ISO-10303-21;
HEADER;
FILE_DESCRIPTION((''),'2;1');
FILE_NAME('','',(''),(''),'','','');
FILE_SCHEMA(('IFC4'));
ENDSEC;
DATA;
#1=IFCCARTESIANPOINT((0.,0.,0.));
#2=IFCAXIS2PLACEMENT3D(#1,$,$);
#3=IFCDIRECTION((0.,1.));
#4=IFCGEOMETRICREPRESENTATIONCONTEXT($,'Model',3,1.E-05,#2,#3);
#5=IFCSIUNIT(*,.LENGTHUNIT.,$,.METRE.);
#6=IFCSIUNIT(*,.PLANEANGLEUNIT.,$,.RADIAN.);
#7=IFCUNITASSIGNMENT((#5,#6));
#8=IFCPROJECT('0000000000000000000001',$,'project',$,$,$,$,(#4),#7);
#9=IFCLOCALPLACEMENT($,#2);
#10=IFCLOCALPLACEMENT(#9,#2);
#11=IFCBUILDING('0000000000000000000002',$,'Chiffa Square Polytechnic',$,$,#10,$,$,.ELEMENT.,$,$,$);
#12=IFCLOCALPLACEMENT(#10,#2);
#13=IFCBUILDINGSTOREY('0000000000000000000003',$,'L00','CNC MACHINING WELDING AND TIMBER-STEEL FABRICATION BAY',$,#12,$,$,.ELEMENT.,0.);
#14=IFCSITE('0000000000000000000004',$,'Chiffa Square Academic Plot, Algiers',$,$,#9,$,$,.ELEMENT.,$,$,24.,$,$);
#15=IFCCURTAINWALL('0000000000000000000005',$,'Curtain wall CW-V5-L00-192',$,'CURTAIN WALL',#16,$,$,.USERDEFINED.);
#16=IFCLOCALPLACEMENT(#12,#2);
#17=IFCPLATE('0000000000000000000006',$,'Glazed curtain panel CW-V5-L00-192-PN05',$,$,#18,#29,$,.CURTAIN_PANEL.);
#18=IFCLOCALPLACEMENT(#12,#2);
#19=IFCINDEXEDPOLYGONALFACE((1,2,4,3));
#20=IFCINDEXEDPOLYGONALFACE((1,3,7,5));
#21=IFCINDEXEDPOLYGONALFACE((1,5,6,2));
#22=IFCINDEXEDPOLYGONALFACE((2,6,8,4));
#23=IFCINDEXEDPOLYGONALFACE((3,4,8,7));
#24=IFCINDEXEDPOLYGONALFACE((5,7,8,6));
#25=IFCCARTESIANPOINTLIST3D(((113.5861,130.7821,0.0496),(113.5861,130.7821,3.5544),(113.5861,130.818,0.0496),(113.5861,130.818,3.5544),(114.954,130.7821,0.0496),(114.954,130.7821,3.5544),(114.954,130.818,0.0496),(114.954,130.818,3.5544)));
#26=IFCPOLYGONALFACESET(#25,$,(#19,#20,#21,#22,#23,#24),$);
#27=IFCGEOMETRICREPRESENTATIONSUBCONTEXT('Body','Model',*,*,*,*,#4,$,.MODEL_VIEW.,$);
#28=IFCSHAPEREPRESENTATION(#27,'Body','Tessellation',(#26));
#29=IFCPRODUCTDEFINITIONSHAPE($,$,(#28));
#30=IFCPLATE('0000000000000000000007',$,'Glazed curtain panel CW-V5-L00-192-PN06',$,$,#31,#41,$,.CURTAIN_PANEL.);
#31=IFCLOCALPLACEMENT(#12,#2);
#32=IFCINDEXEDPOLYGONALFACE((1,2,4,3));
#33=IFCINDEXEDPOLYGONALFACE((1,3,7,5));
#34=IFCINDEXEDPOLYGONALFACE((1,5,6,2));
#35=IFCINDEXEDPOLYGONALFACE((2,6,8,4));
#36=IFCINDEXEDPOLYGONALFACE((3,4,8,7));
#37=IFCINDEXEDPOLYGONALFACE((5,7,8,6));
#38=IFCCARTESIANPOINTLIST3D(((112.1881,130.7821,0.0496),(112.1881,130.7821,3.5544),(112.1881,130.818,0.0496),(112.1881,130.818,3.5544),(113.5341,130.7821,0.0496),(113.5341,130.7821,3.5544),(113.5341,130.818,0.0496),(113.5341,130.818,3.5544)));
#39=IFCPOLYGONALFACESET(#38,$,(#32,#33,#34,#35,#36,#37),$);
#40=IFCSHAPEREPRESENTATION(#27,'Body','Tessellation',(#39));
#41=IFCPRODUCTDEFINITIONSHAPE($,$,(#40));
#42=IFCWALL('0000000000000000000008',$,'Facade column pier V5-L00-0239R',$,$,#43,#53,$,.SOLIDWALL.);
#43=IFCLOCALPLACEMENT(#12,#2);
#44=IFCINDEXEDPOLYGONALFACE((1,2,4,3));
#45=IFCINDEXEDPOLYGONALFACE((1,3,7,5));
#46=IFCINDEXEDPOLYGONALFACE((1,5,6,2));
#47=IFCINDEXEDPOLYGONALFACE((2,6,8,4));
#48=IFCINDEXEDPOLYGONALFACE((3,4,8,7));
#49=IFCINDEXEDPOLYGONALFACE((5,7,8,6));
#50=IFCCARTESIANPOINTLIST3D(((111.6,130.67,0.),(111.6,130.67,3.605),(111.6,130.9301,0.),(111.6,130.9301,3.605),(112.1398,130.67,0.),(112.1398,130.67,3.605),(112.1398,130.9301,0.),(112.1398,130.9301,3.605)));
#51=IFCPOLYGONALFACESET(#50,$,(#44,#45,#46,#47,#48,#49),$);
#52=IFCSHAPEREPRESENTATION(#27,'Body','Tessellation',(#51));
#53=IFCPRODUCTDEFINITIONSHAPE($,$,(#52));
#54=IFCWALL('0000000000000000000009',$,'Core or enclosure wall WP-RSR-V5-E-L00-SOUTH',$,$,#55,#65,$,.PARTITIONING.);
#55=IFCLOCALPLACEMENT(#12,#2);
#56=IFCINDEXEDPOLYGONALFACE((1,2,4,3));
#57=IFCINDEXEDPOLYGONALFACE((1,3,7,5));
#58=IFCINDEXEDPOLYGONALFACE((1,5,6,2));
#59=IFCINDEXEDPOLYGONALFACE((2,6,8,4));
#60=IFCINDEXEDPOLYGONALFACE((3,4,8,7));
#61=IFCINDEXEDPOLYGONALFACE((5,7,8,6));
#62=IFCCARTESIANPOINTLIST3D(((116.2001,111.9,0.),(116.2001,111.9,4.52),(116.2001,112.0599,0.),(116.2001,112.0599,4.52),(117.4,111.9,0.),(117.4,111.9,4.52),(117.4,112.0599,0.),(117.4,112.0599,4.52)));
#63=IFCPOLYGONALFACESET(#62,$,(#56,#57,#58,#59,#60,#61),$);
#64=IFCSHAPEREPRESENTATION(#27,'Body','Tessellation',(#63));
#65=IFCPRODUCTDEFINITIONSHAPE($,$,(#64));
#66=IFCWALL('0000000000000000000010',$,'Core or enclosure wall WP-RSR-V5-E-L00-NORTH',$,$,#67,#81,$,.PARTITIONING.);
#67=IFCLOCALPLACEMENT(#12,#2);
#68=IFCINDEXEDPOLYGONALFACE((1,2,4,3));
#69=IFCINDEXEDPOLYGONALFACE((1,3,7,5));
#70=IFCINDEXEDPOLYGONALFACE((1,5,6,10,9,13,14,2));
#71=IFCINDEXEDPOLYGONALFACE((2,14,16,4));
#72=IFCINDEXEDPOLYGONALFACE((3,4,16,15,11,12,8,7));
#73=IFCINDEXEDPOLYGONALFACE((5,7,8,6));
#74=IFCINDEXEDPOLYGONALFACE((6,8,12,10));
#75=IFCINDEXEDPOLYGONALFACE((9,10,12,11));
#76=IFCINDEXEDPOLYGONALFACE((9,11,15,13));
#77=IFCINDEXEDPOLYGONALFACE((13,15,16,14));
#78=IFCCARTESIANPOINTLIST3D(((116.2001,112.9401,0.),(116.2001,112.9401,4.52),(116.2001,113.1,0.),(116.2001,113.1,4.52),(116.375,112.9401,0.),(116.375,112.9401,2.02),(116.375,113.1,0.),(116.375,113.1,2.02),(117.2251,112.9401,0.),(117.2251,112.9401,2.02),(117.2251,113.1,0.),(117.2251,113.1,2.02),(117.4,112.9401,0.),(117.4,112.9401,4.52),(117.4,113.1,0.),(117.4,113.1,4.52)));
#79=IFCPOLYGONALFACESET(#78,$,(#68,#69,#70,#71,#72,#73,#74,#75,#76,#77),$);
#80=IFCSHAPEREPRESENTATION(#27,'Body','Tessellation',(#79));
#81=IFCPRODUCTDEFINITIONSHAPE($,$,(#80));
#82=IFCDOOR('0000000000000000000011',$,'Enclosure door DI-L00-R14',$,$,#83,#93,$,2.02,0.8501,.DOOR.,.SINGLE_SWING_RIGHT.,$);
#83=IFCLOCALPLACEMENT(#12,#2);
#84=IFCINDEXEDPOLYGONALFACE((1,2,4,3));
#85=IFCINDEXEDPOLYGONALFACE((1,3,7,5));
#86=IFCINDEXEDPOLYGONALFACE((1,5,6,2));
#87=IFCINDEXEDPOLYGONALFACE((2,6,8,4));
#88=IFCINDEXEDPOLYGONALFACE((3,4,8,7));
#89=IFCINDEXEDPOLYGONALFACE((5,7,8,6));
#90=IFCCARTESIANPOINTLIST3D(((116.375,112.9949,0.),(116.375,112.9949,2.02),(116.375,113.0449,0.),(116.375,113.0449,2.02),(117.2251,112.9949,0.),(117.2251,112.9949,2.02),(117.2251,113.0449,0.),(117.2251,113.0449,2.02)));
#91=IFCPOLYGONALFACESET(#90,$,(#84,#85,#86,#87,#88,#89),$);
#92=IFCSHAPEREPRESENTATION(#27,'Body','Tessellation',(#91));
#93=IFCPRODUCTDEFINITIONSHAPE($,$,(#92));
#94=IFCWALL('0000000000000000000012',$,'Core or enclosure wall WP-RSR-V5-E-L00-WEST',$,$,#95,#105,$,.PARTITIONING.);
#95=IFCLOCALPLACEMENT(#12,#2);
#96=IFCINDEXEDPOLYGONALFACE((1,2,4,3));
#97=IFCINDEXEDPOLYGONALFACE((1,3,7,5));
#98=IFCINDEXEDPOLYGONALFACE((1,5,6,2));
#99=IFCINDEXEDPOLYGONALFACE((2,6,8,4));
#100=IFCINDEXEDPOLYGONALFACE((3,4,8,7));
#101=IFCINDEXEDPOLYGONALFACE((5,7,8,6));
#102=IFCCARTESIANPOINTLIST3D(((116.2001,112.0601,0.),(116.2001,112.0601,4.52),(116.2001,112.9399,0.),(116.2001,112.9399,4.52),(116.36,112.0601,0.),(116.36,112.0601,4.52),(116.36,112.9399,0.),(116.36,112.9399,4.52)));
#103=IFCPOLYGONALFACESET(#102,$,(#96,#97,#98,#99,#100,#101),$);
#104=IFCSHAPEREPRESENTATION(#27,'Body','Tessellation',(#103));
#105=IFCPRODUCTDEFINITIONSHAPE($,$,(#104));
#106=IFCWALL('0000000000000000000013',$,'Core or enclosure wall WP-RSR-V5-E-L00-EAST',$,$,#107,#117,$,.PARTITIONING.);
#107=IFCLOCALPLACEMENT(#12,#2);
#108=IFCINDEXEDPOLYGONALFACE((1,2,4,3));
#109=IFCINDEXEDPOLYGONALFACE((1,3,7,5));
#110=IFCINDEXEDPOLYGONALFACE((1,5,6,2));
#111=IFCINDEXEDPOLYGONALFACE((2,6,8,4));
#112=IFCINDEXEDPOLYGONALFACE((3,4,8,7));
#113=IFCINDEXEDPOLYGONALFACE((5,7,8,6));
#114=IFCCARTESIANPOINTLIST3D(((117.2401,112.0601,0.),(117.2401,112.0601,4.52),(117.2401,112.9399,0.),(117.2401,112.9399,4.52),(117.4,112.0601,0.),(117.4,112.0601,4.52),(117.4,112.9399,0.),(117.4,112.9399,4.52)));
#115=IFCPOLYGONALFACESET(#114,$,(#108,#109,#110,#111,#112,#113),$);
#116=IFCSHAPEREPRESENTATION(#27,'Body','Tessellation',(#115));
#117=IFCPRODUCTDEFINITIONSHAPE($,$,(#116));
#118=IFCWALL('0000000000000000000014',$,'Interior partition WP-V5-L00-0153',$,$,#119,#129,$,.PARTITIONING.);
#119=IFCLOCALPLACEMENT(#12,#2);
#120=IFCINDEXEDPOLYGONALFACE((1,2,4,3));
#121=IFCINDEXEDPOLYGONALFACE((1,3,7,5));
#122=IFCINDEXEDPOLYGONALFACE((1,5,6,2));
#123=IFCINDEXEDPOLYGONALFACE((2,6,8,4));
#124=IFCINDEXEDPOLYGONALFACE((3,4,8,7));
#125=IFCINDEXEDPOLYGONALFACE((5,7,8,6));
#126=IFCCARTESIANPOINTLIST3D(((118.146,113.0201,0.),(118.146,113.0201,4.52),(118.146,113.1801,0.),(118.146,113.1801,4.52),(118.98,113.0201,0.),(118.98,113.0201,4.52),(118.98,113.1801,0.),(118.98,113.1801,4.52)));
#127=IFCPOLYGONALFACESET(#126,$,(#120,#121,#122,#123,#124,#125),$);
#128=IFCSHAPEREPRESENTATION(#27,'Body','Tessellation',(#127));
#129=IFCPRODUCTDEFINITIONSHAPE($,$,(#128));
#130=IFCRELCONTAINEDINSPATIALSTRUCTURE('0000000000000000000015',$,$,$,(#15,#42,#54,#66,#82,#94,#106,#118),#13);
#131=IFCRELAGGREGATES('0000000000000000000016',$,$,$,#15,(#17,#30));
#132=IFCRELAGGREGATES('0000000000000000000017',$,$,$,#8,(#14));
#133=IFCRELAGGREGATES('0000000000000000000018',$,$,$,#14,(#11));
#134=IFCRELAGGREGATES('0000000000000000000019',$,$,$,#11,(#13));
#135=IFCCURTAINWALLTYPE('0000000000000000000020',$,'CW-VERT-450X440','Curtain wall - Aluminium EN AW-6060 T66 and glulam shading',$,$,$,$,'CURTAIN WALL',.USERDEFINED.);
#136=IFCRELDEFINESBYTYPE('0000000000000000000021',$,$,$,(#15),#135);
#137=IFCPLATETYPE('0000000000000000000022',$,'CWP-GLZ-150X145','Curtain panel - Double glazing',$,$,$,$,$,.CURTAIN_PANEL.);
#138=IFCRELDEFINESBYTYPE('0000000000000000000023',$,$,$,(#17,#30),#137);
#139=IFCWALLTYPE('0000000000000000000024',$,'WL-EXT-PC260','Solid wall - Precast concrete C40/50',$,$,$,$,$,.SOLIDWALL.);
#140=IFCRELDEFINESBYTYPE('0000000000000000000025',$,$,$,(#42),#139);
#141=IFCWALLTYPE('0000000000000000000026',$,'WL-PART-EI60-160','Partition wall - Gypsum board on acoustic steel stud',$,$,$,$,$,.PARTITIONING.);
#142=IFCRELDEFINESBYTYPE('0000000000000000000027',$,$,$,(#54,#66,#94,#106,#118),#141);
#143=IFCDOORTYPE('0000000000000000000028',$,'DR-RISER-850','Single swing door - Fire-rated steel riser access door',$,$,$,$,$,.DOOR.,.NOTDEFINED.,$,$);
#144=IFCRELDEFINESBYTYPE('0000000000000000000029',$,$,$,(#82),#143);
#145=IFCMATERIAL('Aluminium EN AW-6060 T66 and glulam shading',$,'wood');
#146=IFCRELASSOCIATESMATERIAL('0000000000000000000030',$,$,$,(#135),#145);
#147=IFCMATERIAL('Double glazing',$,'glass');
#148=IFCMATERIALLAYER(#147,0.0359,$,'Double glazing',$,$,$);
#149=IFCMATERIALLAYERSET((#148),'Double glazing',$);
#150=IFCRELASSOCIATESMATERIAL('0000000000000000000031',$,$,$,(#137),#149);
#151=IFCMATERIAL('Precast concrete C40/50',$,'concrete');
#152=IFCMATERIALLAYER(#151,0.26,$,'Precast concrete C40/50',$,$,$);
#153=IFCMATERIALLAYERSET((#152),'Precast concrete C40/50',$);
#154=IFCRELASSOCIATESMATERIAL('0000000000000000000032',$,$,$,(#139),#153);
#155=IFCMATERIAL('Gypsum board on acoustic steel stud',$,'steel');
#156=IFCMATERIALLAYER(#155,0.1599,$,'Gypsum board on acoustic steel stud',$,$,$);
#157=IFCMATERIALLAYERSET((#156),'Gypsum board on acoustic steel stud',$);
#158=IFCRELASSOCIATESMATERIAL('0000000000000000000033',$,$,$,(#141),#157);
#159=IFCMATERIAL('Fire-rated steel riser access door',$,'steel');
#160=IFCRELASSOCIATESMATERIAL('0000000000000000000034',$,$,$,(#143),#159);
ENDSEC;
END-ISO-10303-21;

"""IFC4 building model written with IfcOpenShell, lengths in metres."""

from ifc_helpers import new_model, si_unit, direction, frame, frame_2d, origin, origin_2d, place, context, subcontext, project, spatial, rectangle, extrude, material, layer, layer_set, type_object, element, fill, aggregate, save


model = new_model("IFC4")

# Units and contexts
model_context = context("Model", 3, precision=1e-05, world=origin(), true_north=direction((0.0, 1.0)))
body_context = subcontext(model_context, "Body", "Model", "MODEL_VIEW")
ifc_project = project(units=[si_unit("LENGTHUNIT", "METRE"), si_unit("PLANEANGLEUNIT", "RADIAN")], contexts=[model_context])

# Site, building, storey
site_placement = place(None, origin())
site = spatial("IfcSite", under=ifc_project, at=site_placement, Name="Chiffa Square Academic Plot, Algiers", CompositionType="ELEMENT", RefElevation=24.0)
building_placement = place(site_placement, origin())
building = spatial("IfcBuilding", under=site, at=building_placement, Name="Chiffa Square Polytechnic", CompositionType="ELEMENT")
storey_placement = place(building_placement, origin())
storey = spatial("IfcBuildingStorey", under=building, at=storey_placement, Name="L00", Description="CNC MACHINING WELDING AND TIMBER-STEEL FABRICATION BAY", CompositionType="ELEMENT", Elevation=0.0)

# Curtain wall
ifc_material_1 = material(Name="Aluminium EN AW-6060 T66 and glulam shading", Category="wood")
curtain_wall_type = type_object("IfcCurtainWallType", Name="CW-VERT-450X440", Description="Curtain wall - Aluminium EN AW-6060 T66 and glulam shading", ElementType="CURTAIN WALL", PredefinedType="USERDEFINED", material=ifc_material_1)
curtain_wall_placement = place(storey_placement, origin())
curtain_wall = element("IfcCurtainWall", 1, at=curtain_wall_placement, inside=storey, type_object=curtain_wall_type, Name="Curtain wall CW-V5-L00-192", ObjectType="CURTAIN WALL", PredefinedType="USERDEFINED")

# Plates
ifc_material_2 = material(Name="Double glazing", Category="glass")
ifc_layer_1 = layer(ifc_material_2, 0.0359, Name="Double glazing")
ifc_layer_set_1 = layer_set([ifc_layer_1], Name="Double glazing")
plate_type = type_object("IfcPlateType", Name="CWP-GLZ-150X145", Description="Curtain panel - Double glazing", PredefinedType="CURTAIN_PANEL", material=ifc_layer_set_1)
plate_1_placement = place(storey_placement, frame((114.27, 130.8, 0.0496), z_axis=(0.0, 0.0, 1.0), x_axis=(-1.0, 0.0, 0.0)))
plate_1 = element("IfcPlate", 2, at=plate_1_placement, type_object=plate_type, Name="Glazed curtain panel CW-V5-L00-192-PN05", PredefinedType="CURTAIN_PANEL", context=body_context, shape_type="SweptSolid", body=[
    extrude(rectangle(XDim=1.3679, YDim=0.0359, at=origin_2d()), origin(), (0.0, 0.0, 1.0), 3.5049),
])
plate_2_placement = place(storey_placement, frame((112.8611, 130.8, 0.0496), z_axis=(0.0, 0.0, 1.0), x_axis=(-1.0, 0.0, 0.0)))
plate_2 = element("IfcPlate", 3, at=plate_2_placement, type_object=plate_type, Name="Glazed curtain panel CW-V5-L00-192-PN06", PredefinedType="CURTAIN_PANEL", context=body_context, shape_type="SweptSolid", body=[
    extrude(rectangle(XDim=1.3459, YDim=0.0359, at=origin_2d()), origin(), (0.0, 0.0, 1.0), 3.5049),
])
aggregate(curtain_wall, [plate_1, plate_2])

# Wall
ifc_material_3 = material(Name="Precast concrete C40/50", Category="concrete")
ifc_layer_2 = layer(ifc_material_3, 0.26, Name="Precast concrete C40/50")
ifc_layer_set_2 = layer_set([ifc_layer_2], Name="Precast concrete C40/50")
wall_type_1 = type_object("IfcWallType", Name="WL-EXT-PC260", Description="Solid wall - Precast concrete C40/50", PredefinedType="SOLIDWALL", material=ifc_layer_set_2)
wall_1_placement = place(storey_placement, frame((112.1399, 130.8, 0.0), z_axis=(0.0, 0.0, 1.0), x_axis=(-1.0, 0.0, 0.0)))
element("IfcWall", 4, at=wall_1_placement, inside=storey, type_object=wall_type_1, Name="Facade column pier V5-L00-0239R", PredefinedType="SOLIDWALL", context=body_context, shape_type="SweptSolid", body=[
    extrude(rectangle(XDim=0.5398, YDim=0.26, at=frame_2d((0.27, 0.0))), origin(), (0.0, 0.0, 1.0), 3.605),
])

# Wall
ifc_material_4 = material(Name="Gypsum board on acoustic steel stud", Category="steel")
ifc_layer_3 = layer(ifc_material_4, 0.1599, Name="Gypsum board on acoustic steel stud")
ifc_layer_set_3 = layer_set([ifc_layer_3], Name="Gypsum board on acoustic steel stud")
wall_type_2 = type_object("IfcWallType", Name="WL-PART-EI60-160", Description="Partition wall - Gypsum board on acoustic steel stud", PredefinedType="PARTITIONING", material=ifc_layer_set_3)
wall_2_placement = place(storey_placement, frame((116.2, 111.98, 0.0), z_axis=(0.0, 0.0, 1.0), x_axis=(1.0, 0.0, 0.0)))
element("IfcWall", 5, at=wall_2_placement, inside=storey, type_object=wall_type_2, Name="Core or enclosure wall WP-RSR-V5-E-L00-SOUTH", PredefinedType="PARTITIONING", context=body_context, shape_type="SweptSolid", body=[
    extrude(rectangle(XDim=1.2, YDim=0.1599, at=frame_2d((0.6001, 0.0))), origin(), (0.0, 0.0, 1.0), 4.52),
])

# Wall, opening, door
wall_3_placement = place(storey_placement, frame((116.2, 113.02, 0.0), z_axis=(0.0, 0.0, 1.0), x_axis=(1.0, 0.0, 0.0)))
wall_3 = element("IfcWall", 6, at=wall_3_placement, inside=storey, type_object=wall_type_2, Name="Core or enclosure wall WP-RSR-V5-E-L00-NORTH", PredefinedType="PARTITIONING", context=body_context, shape_type="SweptSolid", body=[
    extrude(rectangle(XDim=1.2, YDim=0.1599, at=frame_2d((0.6001, 0.0))), origin(), (0.0, 0.0, 1.0), 4.52),
])
opening_1_placement = place(wall_3_placement, frame((0.175, 0.0, 0.0)))
opening_1 = element("IfcOpeningElement", 7, at=opening_1_placement, cuts=wall_3, PredefinedType="OPENING", context=body_context, shape_type="SweptSolid", body=[
    extrude(rectangle(XDim=0.8501, YDim=2.02, at=frame_2d((0.425, 1.01))), frame((0.0, 0.0898, 0.0), z_axis=(0.0, -1.0, 0.0), x_axis=(1.0, 0.0, 0.0)), (0.0, 0.0, 1.0), 0.1799),
])
ifc_material_5 = material(Name="Fire-rated steel riser access door", Category="steel")
door_type_1 = type_object("IfcDoorType", Name="DR-RISER-850", Description="Single swing door - Fire-rated steel riser access door", OperationType="NOTDEFINED", PredefinedType="DOOR", material=ifc_material_5)
door_1_placement = place(opening_1_placement, origin())
door_1 = element("IfcDoor", 8, at=door_1_placement, inside=storey, type_object=door_type_1, Name="Enclosure door DI-L00-R14", OperationType="SINGLE_SWING_RIGHT", OverallHeight=2.02, OverallWidth=0.8501, PredefinedType="DOOR", context=body_context, shape_type="SweptSolid", body=[
    extrude(rectangle(XDim=0.8501, YDim=2.02, at=frame_2d((0.425, 1.01))), frame((0.0, 0.0249, 0.0), z_axis=(0.0, -1.0, 0.0), x_axis=(1.0, 0.0, 0.0)), (0.0, 0.0, 1.0), 0.05),
])
fill(opening_1, door_1)

# Walls
for number, where, z_axis, x_axis, name in (
    (9, (116.28, 112.0601, 0.0), (0.0, 0.0, 1.0), (0.0, 1.0, 0.0), "Core or enclosure wall WP-RSR-V5-E-L00-WEST"),
    (10, (117.3201, 112.0601, 0.0), (0.0, 0.0, 1.0), (0.0, 1.0, 0.0), "Core or enclosure wall WP-RSR-V5-E-L00-EAST"),
):
    element("IfcWall", number, at=place(storey_placement, frame(where, z_axis=z_axis, x_axis=x_axis)), inside=storey, type_object=wall_type_2, Name=name, PredefinedType="PARTITIONING", context=body_context, shape_type="SweptSolid", body=[
        extrude(rectangle(XDim=0.8799, YDim=0.1599, at=frame_2d((0.4399, 0.0))), origin(), (0.0, 0.0, 1.0), 4.52),
    ])
wall_4_placement = place(storey_placement, frame((118.146, 113.1001, 0.0), z_axis=(0.0, 0.0, 1.0), x_axis=(1.0, 0.0, 0.0)))
element("IfcWall", 11, at=wall_4_placement, inside=storey, type_object=wall_type_2, Name="Interior partition WP-V5-L00-0153", PredefinedType="PARTITIONING", context=body_context, shape_type="SweptSolid", body=[
    extrude(rectangle(XDim=0.834, YDim=0.1599, at=frame_2d((0.417, 0.0))), origin(), (0.0, 0.0, 1.0), 4.52),
])

save(model, "model.ifc")
